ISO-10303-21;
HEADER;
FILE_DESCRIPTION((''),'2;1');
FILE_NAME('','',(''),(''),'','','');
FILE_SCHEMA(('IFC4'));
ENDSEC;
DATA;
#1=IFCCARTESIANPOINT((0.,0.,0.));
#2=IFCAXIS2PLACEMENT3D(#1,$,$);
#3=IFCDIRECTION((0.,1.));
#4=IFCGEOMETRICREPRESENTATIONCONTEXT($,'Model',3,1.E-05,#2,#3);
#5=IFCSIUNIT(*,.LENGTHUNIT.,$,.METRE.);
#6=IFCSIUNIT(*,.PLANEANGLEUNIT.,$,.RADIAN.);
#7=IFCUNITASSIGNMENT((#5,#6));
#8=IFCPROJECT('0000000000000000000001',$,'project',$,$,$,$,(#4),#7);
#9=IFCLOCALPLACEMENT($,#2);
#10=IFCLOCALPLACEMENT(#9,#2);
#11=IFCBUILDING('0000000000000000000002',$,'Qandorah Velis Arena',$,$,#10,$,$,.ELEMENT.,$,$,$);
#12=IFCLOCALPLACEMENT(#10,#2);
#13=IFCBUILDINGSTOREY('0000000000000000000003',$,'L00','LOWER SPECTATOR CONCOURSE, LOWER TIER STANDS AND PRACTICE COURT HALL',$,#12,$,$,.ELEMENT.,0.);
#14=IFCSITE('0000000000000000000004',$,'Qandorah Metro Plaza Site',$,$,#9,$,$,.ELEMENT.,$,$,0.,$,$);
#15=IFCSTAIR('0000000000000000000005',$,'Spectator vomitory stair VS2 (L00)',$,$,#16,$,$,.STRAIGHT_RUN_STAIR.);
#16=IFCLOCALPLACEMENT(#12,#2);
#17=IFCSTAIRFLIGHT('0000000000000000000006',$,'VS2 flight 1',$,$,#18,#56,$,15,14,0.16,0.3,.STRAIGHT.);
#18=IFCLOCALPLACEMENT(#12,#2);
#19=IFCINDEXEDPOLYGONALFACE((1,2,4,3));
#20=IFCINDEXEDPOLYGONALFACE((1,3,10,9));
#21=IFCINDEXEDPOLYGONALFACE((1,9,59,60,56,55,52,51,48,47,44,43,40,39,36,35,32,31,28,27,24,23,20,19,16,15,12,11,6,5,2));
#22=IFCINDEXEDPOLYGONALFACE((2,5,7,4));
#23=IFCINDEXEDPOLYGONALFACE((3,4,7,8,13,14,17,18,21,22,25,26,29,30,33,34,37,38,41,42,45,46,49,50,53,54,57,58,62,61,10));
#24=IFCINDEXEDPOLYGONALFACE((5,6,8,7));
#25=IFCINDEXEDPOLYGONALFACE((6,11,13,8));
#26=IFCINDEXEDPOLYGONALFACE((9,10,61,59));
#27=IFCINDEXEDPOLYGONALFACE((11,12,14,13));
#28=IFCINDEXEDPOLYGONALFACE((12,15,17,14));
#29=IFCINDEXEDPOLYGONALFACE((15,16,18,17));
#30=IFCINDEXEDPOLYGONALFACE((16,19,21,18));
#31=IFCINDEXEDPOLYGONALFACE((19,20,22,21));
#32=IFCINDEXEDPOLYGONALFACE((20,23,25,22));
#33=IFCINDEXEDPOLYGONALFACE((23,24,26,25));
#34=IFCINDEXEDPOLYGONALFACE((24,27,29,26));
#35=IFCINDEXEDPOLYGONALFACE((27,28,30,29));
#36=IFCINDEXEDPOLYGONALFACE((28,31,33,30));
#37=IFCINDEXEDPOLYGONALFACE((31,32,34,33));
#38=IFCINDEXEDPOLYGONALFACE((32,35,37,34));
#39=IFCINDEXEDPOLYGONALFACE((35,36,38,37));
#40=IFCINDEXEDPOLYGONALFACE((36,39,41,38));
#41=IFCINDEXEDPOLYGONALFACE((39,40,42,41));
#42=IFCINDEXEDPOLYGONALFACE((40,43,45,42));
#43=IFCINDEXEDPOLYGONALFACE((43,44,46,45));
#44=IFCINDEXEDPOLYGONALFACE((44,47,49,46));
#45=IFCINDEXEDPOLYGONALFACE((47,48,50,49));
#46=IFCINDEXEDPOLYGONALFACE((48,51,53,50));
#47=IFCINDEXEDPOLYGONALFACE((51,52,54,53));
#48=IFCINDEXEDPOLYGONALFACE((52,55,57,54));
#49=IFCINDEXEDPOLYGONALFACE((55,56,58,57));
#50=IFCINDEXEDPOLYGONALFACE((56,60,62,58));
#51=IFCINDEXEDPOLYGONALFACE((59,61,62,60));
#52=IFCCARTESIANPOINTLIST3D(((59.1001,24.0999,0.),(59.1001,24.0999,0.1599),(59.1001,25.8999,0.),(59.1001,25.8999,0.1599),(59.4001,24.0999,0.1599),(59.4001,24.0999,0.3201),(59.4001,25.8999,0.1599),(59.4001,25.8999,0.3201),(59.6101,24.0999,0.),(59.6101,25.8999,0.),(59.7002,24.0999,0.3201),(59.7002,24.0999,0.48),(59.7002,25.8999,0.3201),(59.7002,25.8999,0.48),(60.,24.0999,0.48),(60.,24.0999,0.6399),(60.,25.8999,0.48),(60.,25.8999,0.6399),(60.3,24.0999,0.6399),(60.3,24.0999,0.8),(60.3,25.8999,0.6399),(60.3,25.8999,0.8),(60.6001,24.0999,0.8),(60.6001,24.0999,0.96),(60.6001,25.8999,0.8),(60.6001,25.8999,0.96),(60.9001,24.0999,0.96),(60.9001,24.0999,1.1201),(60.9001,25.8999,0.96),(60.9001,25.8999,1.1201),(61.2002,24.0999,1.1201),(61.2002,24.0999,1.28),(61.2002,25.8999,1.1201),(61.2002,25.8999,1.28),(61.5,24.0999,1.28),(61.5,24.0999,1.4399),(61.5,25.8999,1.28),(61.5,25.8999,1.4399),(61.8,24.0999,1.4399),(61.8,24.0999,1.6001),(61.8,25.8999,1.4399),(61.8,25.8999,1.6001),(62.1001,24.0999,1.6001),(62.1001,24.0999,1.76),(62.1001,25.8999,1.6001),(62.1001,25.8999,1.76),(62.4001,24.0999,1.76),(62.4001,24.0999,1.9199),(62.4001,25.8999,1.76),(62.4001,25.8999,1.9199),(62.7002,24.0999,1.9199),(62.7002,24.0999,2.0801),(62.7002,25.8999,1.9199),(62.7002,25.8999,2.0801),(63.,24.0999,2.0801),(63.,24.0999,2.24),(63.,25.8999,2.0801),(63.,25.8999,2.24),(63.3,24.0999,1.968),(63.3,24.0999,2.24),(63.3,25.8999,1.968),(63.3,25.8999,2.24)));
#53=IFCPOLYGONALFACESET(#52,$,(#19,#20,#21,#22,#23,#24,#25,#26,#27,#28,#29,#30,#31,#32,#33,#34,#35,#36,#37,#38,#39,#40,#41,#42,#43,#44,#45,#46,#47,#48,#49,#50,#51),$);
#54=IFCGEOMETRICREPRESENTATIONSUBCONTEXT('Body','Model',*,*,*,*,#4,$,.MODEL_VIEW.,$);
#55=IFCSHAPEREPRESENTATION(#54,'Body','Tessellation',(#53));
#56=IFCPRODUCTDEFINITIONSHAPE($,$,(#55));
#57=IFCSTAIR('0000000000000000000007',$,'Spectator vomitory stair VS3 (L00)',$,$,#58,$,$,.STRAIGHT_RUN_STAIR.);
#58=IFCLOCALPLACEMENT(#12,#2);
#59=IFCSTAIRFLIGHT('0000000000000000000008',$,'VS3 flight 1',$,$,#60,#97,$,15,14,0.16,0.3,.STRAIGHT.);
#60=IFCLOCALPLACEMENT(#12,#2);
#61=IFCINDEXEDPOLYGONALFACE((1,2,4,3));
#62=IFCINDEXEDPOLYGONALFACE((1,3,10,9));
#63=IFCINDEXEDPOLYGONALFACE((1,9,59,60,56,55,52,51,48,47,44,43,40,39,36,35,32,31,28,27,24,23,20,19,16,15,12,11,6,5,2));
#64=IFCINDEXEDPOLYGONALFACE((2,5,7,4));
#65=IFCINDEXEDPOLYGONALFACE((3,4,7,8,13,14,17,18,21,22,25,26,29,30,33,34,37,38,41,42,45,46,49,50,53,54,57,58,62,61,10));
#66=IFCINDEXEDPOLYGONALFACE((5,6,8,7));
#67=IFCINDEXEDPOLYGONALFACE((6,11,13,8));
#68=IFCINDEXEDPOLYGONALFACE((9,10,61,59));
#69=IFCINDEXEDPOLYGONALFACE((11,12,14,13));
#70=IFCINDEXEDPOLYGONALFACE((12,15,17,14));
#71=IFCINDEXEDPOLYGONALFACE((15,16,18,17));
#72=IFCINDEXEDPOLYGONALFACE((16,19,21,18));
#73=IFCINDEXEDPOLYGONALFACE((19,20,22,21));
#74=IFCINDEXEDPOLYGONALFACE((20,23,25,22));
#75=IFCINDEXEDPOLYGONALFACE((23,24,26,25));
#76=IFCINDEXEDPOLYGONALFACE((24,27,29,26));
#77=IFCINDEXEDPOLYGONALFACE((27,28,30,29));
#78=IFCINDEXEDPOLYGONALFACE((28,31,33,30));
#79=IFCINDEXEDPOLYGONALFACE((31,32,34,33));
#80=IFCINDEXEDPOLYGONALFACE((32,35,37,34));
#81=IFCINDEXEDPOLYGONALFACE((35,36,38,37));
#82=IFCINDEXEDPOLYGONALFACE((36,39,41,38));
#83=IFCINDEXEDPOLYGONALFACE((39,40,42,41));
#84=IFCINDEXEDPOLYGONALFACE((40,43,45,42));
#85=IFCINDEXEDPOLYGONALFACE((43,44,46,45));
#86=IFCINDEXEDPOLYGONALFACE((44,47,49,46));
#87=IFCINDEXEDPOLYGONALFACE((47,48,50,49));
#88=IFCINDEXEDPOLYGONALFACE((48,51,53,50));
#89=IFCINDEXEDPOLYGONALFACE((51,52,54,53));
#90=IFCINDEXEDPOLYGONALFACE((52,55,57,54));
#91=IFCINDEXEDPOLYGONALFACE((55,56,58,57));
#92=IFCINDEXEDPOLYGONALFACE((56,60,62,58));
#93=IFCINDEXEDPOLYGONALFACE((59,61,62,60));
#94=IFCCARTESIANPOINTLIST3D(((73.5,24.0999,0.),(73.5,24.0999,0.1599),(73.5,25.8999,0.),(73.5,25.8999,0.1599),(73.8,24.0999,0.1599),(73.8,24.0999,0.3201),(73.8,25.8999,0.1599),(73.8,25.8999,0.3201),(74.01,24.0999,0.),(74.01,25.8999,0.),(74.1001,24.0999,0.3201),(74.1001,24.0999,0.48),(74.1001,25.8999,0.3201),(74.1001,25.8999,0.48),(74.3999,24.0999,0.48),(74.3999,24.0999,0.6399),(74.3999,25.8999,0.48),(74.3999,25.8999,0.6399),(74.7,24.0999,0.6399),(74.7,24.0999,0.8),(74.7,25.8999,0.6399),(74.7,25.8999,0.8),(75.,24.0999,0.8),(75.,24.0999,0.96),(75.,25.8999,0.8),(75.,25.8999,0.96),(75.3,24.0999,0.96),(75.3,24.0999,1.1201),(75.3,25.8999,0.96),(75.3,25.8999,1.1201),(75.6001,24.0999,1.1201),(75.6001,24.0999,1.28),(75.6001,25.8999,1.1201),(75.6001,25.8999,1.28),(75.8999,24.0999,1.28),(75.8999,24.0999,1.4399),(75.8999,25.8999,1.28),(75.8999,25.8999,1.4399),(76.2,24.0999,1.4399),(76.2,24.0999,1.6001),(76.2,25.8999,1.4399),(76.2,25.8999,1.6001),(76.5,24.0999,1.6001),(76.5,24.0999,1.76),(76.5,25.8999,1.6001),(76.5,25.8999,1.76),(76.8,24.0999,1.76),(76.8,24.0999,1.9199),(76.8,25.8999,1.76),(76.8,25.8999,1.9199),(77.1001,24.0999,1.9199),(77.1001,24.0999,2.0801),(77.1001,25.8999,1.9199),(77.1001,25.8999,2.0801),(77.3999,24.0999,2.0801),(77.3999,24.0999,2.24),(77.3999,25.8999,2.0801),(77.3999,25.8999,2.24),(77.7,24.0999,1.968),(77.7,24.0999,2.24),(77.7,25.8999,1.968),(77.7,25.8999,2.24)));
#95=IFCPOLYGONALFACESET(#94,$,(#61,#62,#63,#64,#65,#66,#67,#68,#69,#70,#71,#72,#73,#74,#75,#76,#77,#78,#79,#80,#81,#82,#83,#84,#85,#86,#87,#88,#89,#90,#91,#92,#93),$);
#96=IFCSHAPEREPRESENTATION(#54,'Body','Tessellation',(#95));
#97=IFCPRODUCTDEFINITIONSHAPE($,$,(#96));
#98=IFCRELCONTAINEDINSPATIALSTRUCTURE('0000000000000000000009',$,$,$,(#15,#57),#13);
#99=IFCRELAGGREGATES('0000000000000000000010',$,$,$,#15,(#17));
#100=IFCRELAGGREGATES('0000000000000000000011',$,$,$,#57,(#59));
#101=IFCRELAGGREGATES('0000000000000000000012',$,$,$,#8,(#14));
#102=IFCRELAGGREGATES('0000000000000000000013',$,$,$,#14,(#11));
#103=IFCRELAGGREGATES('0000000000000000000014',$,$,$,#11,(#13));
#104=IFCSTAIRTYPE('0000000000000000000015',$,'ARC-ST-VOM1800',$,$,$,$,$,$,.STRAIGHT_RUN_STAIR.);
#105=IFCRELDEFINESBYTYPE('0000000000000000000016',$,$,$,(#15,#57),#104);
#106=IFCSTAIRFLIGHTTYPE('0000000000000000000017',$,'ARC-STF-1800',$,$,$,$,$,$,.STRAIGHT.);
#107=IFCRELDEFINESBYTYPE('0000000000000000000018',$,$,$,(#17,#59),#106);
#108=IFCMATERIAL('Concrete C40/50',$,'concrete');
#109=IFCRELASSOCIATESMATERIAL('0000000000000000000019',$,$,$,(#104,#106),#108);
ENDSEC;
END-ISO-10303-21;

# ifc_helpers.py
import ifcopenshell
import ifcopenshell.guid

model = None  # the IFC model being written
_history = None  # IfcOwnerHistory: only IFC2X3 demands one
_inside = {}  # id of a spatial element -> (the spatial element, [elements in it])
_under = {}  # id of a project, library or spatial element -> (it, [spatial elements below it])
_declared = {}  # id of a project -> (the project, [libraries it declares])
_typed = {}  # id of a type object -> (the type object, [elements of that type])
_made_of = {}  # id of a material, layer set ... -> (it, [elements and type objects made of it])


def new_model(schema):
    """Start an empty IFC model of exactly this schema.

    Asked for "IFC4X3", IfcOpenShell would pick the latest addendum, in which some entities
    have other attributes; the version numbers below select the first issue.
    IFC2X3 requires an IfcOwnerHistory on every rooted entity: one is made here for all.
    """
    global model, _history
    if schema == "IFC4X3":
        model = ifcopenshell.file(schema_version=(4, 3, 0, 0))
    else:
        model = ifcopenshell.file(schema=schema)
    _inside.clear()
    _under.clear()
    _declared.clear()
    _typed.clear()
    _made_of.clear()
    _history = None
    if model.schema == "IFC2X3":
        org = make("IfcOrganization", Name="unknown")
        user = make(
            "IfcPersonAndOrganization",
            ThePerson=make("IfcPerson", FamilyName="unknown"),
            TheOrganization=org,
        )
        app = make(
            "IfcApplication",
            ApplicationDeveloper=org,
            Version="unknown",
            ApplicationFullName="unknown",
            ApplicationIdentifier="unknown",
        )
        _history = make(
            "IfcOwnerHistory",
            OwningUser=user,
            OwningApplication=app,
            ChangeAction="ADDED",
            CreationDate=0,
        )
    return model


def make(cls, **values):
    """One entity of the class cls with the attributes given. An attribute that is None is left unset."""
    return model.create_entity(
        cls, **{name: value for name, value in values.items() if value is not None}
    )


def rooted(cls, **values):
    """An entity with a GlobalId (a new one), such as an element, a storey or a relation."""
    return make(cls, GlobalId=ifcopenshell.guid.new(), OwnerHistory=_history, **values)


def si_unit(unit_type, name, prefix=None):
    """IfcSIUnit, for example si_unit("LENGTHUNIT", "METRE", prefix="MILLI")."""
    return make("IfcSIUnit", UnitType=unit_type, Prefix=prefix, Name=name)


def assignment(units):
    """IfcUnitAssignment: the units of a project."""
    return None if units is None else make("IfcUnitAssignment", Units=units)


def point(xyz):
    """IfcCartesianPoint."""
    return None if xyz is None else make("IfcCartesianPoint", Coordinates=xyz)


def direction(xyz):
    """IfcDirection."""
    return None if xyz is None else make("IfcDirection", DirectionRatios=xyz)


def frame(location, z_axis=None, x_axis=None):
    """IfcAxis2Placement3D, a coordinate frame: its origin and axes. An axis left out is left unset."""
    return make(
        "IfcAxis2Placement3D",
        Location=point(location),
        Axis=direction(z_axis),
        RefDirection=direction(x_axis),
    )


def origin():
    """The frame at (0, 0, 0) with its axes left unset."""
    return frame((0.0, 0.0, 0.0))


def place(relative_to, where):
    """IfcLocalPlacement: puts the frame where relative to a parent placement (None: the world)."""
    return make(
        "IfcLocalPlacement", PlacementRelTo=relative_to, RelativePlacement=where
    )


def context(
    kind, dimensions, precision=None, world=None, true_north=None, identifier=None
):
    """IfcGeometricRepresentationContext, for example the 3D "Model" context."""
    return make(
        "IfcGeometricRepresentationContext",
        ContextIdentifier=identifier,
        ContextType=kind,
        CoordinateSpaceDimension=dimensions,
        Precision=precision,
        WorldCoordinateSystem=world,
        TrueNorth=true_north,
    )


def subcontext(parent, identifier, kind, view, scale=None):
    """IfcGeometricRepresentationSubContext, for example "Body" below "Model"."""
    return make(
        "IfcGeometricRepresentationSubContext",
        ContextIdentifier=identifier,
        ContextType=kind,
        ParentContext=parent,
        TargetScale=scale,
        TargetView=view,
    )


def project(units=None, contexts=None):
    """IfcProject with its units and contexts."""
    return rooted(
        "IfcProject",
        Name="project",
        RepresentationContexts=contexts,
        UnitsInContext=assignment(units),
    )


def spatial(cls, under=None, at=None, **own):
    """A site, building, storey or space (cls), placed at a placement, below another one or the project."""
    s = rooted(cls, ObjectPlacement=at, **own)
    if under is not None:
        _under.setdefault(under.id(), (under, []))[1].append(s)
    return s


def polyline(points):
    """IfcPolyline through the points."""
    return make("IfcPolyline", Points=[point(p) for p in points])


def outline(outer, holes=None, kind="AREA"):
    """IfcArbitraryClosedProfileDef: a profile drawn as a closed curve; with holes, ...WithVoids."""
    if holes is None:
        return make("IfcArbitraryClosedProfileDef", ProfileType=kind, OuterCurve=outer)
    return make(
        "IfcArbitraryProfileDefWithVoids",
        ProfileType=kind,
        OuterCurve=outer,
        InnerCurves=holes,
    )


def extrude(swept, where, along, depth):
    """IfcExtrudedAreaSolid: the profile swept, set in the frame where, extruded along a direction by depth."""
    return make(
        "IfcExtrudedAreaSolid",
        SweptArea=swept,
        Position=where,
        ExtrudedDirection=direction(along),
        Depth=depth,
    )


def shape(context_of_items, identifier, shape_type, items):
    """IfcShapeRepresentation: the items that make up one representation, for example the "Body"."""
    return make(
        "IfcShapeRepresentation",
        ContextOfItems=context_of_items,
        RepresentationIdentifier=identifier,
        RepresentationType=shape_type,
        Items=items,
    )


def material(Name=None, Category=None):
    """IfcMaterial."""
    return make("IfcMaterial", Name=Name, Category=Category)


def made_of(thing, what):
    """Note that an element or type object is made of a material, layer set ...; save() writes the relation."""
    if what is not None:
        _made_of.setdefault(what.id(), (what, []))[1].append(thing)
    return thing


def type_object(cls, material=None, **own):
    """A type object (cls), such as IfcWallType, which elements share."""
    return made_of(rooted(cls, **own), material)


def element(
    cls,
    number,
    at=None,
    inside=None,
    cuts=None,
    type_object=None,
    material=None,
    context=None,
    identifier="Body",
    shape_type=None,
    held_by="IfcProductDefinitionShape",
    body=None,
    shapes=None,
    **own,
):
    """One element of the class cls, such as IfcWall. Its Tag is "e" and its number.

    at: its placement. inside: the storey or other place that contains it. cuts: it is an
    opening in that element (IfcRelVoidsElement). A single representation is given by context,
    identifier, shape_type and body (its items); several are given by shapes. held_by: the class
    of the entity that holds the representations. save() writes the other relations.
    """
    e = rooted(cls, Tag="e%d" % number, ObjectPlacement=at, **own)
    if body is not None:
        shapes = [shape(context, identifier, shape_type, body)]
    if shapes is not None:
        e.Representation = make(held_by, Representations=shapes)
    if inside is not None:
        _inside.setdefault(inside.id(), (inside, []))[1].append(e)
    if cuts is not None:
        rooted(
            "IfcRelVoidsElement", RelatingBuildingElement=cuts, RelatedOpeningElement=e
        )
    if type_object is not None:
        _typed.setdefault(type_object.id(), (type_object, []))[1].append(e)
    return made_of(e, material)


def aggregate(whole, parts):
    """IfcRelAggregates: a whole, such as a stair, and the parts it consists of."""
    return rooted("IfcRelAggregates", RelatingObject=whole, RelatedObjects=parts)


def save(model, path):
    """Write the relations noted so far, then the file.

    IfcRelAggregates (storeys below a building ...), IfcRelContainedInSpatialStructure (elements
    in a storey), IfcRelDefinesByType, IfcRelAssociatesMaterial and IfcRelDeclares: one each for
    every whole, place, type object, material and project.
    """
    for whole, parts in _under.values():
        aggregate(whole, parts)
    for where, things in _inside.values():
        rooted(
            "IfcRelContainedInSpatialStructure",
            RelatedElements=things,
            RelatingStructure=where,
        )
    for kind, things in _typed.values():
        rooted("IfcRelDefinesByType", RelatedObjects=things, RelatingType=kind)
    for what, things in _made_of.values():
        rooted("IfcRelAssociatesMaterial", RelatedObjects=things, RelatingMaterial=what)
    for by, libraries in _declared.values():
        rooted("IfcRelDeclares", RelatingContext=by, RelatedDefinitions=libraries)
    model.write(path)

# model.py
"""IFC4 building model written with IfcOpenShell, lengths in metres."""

from ifc_helpers import new_model, si_unit, direction, frame, origin, place, context, subcontext, project, spatial, polyline, outline, extrude, material, type_object, element, aggregate, save


model = new_model("IFC4")

# Units and contexts
model_context = context("Model", 3, precision=1e-05, world=origin(), true_north=direction((0.0, 1.0)))
body_context = subcontext(model_context, "Body", "Model", "MODEL_VIEW")
ifc_project = project(units=[si_unit("LENGTHUNIT", "METRE"), si_unit("PLANEANGLEUNIT", "RADIAN")], contexts=[model_context])

# Site, building, storey
site_placement = place(None, origin())
site = spatial("IfcSite", under=ifc_project, at=site_placement, Name="Qandorah Metro Plaza Site", CompositionType="ELEMENT", RefElevation=0.0)
building_placement = place(site_placement, origin())
building = spatial("IfcBuilding", under=site, at=building_placement, Name="Qandorah Velis Arena", CompositionType="ELEMENT")
storey_placement = place(building_placement, origin())
storey = spatial("IfcBuildingStorey", under=building, at=storey_placement, Name="L00", Description="LOWER SPECTATOR CONCOURSE, LOWER TIER STANDS AND PRACTICE COURT HALL", CompositionType="ELEMENT", Elevation=0.0)

# Shared definitions
ifc_material_1 = material(Name="Concrete C40/50", Category="concrete")

# Stairs, stair flights
stair_type = type_object("IfcStairType", Name="ARC-ST-VOM1800", PredefinedType="STRAIGHT_RUN_STAIR", material=ifc_material_1)
stair_1_placement = place(storey_placement, origin())
stair_1 = element("IfcStair", 1, at=stair_1_placement, inside=storey, type_object=stair_type, Name="Spectator vomitory stair VS2 (L00)", PredefinedType="STRAIGHT_RUN_STAIR")
stair_flight_type = type_object("IfcStairFlightType", Name="ARC-STF-1800", PredefinedType="STRAIGHT", material=ifc_material_1)
stair_flight_1_placement = place(storey_placement, frame((59.1001, 25.0, 0.0), z_axis=(0.0, 0.0, 1.0), x_axis=(1.0, 0.0, 0.0)))
stair_flight_1 = element("IfcStairFlight", 2, at=stair_flight_1_placement, type_object=stair_flight_type, Name="VS2 flight 1", NumberOfRisers=15, NumberOfTreads=14, PredefinedType="STRAIGHT", RiserHeight=0.16, TreadLength=0.3, context=body_context, shape_type="SweptSolid", body=[
    extrude(outline(polyline([(0.0, 0.0), (0.0, 0.1599), (0.3, 0.1599), (0.3, 0.3201), (0.6001, 0.3201), (0.6001, 0.48), (0.8999, 0.48), (0.8999, 0.6399), (1.2, 0.6399), (1.2, 0.8), (1.5, 0.8), (1.5, 0.96), (1.8, 0.96), (1.8, 1.1201), (2.1001, 1.1201), (2.1001, 1.28), (2.3999, 1.28), (2.3999, 1.4399), (2.7, 1.4399), (2.7, 1.6001), (3.0, 1.6001), (3.0, 1.76), (3.3, 1.76), (3.3, 1.9199), (3.6001, 1.9199), (3.6001, 2.0801), (3.8999, 2.0801), (3.8999, 2.24), (4.2, 2.24), (4.2, 2.3999), (4.2, 1.968), (0.51, 0.0), (0.0, 0.0)])), frame((0.0, 0.8999, 0.0), z_axis=(0.0, -1.0, 0.0), x_axis=(1.0, 0.0, 0.0)), (0.0, 0.0, 1.0), 1.8),
])
aggregate(stair_1, [stair_flight_1])
stair_2_placement = place(storey_placement, origin())
stair_2 = element("IfcStair", 3, at=stair_2_placement, inside=storey, type_object=stair_type, Name="Spectator vomitory stair VS3 (L00)", PredefinedType="STRAIGHT_RUN_STAIR")
stair_flight_2_placement = place(storey_placement, frame((73.5, 25.0, 0.0), z_axis=(0.0, 0.0, 1.0), x_axis=(1.0, 0.0, 0.0)))
stair_flight_2 = element("IfcStairFlight", 4, at=stair_flight_2_placement, type_object=stair_flight_type, Name="VS3 flight 1", NumberOfRisers=15, NumberOfTreads=14, PredefinedType="STRAIGHT", RiserHeight=0.16, TreadLength=0.3, context=body_context, shape_type="SweptSolid", body=[
    extrude(outline(polyline([(0.0, 0.0), (0.0, 0.1599), (0.3, 0.1599), (0.3, 0.3201), (0.6001, 0.3201), (0.6001, 0.48), (0.8999, 0.48), (0.8999, 0.6399), (1.2, 0.6399), (1.2, 0.8), (1.5, 0.8), (1.5, 0.96), (1.8, 0.96), (1.8, 1.1201), (2.1001, 1.1201), (2.1001, 1.28), (2.3999, 1.28), (2.3999, 1.4399), (2.7, 1.4399), (2.7, 1.6001), (3.0, 1.6001), (3.0, 1.76), (3.3, 1.76), (3.3, 1.9199), (3.6001, 1.9199), (3.6001, 2.0801), (3.8999, 2.0801), (3.8999, 2.24), (4.2, 2.24), (4.2, 2.3999), (4.2, 1.968), (0.51, 0.0), (0.0, 0.0)])), frame((0.0, 0.8999, 0.0), z_axis=(0.0, -1.0, 0.0), x_axis=(1.0, 0.0, 0.0)), (0.0, 0.0, 1.0), 1.8),
])
aggregate(stair_2, [stair_flight_2])

save(model, "model.ifc")
